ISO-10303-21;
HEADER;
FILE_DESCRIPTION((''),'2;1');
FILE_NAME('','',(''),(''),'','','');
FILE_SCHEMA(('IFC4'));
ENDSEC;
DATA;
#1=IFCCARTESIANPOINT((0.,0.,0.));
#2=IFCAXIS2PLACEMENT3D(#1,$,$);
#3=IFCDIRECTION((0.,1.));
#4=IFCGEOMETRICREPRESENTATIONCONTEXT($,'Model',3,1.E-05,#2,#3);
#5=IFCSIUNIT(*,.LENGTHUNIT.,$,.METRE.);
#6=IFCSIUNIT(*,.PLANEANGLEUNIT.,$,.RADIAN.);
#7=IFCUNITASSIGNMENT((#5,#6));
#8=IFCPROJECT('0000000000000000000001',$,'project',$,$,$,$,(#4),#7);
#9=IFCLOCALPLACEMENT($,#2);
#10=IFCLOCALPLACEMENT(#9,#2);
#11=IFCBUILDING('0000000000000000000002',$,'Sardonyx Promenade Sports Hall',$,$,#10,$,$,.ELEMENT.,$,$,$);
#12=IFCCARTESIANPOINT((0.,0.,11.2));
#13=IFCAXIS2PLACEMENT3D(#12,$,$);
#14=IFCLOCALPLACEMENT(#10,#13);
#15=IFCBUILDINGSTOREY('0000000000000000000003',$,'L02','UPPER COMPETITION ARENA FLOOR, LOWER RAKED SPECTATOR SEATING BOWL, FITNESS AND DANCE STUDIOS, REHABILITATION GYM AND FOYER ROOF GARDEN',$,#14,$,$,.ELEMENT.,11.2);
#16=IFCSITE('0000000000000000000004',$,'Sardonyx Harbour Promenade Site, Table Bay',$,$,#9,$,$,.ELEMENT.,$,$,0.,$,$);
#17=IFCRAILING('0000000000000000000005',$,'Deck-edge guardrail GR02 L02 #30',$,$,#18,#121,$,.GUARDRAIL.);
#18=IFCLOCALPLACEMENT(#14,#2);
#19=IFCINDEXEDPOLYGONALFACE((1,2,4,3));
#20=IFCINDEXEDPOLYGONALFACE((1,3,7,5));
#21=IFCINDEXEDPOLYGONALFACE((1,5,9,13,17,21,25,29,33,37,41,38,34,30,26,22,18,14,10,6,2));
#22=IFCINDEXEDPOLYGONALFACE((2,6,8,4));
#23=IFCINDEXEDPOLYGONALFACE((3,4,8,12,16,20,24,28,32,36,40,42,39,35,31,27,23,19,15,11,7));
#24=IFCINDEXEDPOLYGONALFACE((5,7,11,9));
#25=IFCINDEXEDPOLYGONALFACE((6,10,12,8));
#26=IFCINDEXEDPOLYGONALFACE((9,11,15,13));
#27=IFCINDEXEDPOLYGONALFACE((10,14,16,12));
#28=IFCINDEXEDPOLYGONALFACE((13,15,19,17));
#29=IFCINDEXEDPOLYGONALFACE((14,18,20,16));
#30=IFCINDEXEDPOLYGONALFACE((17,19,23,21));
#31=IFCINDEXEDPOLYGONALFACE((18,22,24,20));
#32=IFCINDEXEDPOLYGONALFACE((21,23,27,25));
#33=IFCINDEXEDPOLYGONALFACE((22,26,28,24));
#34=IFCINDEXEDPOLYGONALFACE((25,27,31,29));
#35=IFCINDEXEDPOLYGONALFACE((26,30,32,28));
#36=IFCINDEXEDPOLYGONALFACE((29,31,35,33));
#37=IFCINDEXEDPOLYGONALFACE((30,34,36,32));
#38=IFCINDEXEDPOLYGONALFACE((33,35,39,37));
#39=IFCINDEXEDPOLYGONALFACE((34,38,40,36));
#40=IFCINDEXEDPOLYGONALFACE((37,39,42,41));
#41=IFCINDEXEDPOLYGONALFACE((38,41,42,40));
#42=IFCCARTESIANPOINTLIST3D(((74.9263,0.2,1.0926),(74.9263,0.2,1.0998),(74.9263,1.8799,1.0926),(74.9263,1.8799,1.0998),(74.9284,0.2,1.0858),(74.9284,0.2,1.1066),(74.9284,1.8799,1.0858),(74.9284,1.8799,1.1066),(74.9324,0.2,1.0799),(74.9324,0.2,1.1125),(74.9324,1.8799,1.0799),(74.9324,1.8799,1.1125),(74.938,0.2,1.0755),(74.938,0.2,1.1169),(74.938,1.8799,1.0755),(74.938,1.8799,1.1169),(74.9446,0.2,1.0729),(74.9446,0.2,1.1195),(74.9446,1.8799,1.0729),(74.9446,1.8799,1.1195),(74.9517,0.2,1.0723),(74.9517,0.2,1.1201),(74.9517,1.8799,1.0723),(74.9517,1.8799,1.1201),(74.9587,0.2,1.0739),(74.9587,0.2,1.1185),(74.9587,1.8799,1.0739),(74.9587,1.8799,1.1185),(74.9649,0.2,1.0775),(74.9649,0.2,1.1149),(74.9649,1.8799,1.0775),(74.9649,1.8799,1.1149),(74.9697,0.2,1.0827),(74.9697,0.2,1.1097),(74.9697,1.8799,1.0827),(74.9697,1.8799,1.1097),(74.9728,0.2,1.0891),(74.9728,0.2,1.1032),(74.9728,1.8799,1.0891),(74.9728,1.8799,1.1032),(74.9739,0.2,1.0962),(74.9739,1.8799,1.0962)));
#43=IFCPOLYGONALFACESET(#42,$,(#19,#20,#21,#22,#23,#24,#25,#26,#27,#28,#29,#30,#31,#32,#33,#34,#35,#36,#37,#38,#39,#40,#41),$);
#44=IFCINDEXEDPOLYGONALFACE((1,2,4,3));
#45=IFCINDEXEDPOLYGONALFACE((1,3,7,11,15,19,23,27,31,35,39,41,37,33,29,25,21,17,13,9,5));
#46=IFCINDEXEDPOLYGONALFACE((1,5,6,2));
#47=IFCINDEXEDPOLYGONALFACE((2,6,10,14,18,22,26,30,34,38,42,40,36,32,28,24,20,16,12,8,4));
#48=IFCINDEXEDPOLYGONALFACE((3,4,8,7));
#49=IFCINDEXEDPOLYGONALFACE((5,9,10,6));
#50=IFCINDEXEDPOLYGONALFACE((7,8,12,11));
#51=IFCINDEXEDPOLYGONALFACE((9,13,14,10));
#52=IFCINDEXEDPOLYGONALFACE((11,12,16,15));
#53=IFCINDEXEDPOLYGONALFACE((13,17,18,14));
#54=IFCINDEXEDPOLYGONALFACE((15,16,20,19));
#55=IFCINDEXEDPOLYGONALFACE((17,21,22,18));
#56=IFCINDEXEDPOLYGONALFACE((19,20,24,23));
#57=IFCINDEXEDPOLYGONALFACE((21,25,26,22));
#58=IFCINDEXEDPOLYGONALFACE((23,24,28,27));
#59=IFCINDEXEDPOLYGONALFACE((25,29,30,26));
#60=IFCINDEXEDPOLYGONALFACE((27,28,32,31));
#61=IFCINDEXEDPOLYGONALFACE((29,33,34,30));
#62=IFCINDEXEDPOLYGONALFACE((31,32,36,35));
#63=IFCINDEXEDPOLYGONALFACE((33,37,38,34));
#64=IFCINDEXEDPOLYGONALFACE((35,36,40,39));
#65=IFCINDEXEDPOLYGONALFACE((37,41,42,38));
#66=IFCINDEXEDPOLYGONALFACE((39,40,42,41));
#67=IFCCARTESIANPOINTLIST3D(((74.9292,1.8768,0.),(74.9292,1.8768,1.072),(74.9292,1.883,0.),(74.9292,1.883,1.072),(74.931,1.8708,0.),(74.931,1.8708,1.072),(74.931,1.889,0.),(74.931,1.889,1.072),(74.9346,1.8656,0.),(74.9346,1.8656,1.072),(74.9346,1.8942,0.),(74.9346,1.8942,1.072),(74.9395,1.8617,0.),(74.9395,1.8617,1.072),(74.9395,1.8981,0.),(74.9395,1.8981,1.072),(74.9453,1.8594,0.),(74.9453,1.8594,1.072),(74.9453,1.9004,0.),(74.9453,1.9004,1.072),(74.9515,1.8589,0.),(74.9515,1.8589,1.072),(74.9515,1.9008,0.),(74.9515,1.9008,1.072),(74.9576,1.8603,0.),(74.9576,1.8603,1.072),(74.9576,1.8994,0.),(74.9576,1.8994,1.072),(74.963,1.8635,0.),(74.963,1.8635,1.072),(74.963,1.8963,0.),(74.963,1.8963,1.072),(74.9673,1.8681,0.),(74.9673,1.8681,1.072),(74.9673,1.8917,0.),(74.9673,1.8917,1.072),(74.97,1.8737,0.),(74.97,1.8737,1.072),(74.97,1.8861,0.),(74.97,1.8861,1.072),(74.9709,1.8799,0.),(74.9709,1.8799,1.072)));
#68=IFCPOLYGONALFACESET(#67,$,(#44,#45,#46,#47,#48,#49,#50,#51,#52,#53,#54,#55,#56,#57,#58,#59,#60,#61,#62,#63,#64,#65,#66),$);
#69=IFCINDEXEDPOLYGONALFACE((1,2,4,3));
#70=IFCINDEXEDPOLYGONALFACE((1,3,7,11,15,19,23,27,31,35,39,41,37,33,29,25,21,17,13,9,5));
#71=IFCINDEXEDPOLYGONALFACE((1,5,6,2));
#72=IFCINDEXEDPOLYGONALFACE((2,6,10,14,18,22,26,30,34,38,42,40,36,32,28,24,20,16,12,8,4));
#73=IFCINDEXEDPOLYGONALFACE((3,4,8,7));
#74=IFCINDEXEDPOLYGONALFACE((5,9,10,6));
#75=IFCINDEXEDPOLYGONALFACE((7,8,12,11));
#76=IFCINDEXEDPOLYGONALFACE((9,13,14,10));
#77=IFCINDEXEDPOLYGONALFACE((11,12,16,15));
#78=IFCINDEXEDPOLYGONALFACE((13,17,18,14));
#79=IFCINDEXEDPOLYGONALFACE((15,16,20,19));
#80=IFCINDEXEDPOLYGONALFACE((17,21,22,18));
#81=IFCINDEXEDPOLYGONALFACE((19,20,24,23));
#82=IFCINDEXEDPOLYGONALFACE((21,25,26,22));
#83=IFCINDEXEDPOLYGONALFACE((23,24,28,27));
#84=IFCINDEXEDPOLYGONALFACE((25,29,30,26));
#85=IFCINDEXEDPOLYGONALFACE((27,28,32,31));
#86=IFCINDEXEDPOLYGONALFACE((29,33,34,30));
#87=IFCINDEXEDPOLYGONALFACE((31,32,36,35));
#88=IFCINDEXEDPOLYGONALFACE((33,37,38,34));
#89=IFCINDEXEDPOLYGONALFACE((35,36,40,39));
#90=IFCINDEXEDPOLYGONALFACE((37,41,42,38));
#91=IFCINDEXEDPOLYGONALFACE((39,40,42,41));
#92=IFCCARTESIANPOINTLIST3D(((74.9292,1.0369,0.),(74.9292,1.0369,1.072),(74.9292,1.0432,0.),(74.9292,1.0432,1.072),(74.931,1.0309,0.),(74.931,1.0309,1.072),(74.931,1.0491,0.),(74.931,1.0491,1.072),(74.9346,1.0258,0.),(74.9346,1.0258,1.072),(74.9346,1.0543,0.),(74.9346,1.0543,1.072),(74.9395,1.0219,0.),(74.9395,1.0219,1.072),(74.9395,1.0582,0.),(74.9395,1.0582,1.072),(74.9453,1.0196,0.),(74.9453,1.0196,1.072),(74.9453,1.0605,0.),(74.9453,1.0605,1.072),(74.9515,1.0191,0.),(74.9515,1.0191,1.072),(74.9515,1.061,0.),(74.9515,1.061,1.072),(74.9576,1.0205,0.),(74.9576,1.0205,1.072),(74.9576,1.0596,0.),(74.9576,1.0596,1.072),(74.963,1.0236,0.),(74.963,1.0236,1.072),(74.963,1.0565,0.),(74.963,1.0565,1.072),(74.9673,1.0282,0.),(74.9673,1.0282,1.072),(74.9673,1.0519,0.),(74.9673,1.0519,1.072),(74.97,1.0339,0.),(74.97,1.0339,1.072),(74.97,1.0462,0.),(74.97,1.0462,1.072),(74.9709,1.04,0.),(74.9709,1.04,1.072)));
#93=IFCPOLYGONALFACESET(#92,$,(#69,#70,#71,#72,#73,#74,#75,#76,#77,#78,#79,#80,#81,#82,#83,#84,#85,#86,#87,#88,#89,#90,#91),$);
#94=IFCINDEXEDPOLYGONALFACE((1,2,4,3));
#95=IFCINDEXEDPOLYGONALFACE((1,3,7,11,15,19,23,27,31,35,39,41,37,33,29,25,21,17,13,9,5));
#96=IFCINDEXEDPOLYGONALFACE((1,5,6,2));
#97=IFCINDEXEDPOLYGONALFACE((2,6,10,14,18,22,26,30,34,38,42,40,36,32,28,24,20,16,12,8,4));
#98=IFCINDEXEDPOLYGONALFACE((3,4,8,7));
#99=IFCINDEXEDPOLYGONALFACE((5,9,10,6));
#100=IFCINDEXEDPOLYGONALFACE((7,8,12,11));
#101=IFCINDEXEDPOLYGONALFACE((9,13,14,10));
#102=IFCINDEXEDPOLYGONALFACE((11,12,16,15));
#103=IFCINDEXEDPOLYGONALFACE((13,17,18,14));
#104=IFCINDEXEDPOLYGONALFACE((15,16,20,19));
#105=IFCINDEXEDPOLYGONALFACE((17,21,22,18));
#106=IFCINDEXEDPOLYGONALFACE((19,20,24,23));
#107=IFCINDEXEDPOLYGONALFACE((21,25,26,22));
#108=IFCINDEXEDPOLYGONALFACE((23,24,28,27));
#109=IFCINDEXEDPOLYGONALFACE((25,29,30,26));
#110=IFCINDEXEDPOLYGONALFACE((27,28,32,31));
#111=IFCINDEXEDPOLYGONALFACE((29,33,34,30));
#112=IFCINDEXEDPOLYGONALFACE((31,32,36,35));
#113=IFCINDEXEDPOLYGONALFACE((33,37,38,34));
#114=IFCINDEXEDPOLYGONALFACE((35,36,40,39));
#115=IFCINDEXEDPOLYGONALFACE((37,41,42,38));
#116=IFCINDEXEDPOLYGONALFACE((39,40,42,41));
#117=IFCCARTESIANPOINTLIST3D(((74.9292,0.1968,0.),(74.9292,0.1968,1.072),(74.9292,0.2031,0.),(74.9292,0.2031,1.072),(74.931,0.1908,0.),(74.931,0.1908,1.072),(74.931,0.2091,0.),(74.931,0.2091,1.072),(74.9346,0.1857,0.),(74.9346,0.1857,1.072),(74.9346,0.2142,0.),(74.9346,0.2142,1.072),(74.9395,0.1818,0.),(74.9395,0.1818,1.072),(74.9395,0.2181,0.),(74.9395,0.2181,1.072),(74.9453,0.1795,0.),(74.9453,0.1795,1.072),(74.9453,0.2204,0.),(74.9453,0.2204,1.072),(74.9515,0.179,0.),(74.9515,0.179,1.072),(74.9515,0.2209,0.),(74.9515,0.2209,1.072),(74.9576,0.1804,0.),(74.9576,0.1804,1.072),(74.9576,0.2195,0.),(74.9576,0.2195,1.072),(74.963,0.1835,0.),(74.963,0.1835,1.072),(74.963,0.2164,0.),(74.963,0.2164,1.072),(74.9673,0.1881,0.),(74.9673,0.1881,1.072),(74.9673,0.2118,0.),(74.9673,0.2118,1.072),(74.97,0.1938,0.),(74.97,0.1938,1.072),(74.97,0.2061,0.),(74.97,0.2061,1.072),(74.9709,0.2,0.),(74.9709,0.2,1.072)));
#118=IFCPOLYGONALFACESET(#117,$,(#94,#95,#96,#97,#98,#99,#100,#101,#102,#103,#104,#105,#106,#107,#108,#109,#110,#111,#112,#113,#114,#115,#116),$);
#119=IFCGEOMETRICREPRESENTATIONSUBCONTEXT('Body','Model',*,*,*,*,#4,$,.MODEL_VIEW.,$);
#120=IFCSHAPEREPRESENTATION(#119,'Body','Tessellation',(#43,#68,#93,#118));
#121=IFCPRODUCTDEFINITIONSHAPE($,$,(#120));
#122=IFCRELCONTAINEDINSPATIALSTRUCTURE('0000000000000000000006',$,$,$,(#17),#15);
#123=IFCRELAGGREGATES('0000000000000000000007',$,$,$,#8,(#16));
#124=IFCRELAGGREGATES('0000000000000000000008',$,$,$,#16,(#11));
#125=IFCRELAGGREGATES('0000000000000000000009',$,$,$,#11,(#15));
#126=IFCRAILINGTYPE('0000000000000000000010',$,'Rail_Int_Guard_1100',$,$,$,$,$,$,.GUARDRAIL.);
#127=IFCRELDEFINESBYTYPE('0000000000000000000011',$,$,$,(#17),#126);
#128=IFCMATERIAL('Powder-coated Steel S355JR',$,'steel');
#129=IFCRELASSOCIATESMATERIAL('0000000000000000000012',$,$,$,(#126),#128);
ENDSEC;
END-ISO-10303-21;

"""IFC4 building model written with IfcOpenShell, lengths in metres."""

from ifc_helpers import new_model, si_unit, direction, frame, origin, origin_2d, place, context, subcontext, project, spatial, circle, extrude, material, type_object, element, save


model = new_model("IFC4")

# Units and contexts
model_context = context("Model", 3, precision=1e-05, world=origin(), true_north=direction((0.0, 1.0)))
body_context = subcontext(model_context, "Body", "Model", "MODEL_VIEW")
ifc_project = project(units=[si_unit("LENGTHUNIT", "METRE"), si_unit("PLANEANGLEUNIT", "RADIAN")], contexts=[model_context])

# Site, building, storey
site_placement = place(None, origin())
site = spatial("IfcSite", under=ifc_project, at=site_placement, Name="Sardonyx Harbour Promenade Site, Table Bay", CompositionType="ELEMENT", RefElevation=0.0)
building_placement = place(site_placement, origin())
building = spatial("IfcBuilding", under=site, at=building_placement, Name="Sardonyx Promenade Sports Hall", CompositionType="ELEMENT")
storey_placement = place(building_placement, frame((0.0, 0.0, 11.2)))
storey = spatial("IfcBuildingStorey", under=building, at=storey_placement, Name="L02", Description="UPPER COMPETITION ARENA FLOOR, LOWER RAKED SPECTATOR SEATING BOWL, FITNESS AND DANCE STUDIOS, REHABILITATION GYM AND FOYER ROOF GARDEN", CompositionType="ELEMENT", Elevation=11.2)

# Railing
ifc_material_1 = material(Name="Powder-coated Steel S355JR", Category="steel")
railing_type = type_object("IfcRailingType", Name="Rail_Int_Guard_1100", PredefinedType="GUARDRAIL", material=ifc_material_1)
railing_1_placement = place(storey_placement, frame((74.95, 1.8799, 0.0)))
element("IfcRailing", 1, at=railing_1_placement, inside=storey, type_object=railing_type, Name="Deck-edge guardrail GR02 L02 #30", PredefinedType="GUARDRAIL", context=body_context, shape_type="SweptSolid", body=[
    extrude(circle(Radius=0.0239, at=origin_2d()), frame((0.0, 0.0, 1.0962), z_axis=(0.0, -1.0, 0.0), x_axis=(1.0, 0.0, 0.0)), (0.0, 0.0, 1.0), 1.6799),
    extrude(circle(Radius=0.021, at=origin_2d()), origin(), (0.0, 0.0, 1.0), 1.072),
    extrude(circle(Radius=0.021, at=origin_2d()), frame((0.0, -0.8398, 0.0)), (0.0, 0.0, 1.0), 1.072),
    extrude(circle(Radius=0.021, at=origin_2d()), frame((0.0, -1.6799, 0.0)), (0.0, 0.0, 1.0), 1.072),
])

save(model, "model.ifc")
